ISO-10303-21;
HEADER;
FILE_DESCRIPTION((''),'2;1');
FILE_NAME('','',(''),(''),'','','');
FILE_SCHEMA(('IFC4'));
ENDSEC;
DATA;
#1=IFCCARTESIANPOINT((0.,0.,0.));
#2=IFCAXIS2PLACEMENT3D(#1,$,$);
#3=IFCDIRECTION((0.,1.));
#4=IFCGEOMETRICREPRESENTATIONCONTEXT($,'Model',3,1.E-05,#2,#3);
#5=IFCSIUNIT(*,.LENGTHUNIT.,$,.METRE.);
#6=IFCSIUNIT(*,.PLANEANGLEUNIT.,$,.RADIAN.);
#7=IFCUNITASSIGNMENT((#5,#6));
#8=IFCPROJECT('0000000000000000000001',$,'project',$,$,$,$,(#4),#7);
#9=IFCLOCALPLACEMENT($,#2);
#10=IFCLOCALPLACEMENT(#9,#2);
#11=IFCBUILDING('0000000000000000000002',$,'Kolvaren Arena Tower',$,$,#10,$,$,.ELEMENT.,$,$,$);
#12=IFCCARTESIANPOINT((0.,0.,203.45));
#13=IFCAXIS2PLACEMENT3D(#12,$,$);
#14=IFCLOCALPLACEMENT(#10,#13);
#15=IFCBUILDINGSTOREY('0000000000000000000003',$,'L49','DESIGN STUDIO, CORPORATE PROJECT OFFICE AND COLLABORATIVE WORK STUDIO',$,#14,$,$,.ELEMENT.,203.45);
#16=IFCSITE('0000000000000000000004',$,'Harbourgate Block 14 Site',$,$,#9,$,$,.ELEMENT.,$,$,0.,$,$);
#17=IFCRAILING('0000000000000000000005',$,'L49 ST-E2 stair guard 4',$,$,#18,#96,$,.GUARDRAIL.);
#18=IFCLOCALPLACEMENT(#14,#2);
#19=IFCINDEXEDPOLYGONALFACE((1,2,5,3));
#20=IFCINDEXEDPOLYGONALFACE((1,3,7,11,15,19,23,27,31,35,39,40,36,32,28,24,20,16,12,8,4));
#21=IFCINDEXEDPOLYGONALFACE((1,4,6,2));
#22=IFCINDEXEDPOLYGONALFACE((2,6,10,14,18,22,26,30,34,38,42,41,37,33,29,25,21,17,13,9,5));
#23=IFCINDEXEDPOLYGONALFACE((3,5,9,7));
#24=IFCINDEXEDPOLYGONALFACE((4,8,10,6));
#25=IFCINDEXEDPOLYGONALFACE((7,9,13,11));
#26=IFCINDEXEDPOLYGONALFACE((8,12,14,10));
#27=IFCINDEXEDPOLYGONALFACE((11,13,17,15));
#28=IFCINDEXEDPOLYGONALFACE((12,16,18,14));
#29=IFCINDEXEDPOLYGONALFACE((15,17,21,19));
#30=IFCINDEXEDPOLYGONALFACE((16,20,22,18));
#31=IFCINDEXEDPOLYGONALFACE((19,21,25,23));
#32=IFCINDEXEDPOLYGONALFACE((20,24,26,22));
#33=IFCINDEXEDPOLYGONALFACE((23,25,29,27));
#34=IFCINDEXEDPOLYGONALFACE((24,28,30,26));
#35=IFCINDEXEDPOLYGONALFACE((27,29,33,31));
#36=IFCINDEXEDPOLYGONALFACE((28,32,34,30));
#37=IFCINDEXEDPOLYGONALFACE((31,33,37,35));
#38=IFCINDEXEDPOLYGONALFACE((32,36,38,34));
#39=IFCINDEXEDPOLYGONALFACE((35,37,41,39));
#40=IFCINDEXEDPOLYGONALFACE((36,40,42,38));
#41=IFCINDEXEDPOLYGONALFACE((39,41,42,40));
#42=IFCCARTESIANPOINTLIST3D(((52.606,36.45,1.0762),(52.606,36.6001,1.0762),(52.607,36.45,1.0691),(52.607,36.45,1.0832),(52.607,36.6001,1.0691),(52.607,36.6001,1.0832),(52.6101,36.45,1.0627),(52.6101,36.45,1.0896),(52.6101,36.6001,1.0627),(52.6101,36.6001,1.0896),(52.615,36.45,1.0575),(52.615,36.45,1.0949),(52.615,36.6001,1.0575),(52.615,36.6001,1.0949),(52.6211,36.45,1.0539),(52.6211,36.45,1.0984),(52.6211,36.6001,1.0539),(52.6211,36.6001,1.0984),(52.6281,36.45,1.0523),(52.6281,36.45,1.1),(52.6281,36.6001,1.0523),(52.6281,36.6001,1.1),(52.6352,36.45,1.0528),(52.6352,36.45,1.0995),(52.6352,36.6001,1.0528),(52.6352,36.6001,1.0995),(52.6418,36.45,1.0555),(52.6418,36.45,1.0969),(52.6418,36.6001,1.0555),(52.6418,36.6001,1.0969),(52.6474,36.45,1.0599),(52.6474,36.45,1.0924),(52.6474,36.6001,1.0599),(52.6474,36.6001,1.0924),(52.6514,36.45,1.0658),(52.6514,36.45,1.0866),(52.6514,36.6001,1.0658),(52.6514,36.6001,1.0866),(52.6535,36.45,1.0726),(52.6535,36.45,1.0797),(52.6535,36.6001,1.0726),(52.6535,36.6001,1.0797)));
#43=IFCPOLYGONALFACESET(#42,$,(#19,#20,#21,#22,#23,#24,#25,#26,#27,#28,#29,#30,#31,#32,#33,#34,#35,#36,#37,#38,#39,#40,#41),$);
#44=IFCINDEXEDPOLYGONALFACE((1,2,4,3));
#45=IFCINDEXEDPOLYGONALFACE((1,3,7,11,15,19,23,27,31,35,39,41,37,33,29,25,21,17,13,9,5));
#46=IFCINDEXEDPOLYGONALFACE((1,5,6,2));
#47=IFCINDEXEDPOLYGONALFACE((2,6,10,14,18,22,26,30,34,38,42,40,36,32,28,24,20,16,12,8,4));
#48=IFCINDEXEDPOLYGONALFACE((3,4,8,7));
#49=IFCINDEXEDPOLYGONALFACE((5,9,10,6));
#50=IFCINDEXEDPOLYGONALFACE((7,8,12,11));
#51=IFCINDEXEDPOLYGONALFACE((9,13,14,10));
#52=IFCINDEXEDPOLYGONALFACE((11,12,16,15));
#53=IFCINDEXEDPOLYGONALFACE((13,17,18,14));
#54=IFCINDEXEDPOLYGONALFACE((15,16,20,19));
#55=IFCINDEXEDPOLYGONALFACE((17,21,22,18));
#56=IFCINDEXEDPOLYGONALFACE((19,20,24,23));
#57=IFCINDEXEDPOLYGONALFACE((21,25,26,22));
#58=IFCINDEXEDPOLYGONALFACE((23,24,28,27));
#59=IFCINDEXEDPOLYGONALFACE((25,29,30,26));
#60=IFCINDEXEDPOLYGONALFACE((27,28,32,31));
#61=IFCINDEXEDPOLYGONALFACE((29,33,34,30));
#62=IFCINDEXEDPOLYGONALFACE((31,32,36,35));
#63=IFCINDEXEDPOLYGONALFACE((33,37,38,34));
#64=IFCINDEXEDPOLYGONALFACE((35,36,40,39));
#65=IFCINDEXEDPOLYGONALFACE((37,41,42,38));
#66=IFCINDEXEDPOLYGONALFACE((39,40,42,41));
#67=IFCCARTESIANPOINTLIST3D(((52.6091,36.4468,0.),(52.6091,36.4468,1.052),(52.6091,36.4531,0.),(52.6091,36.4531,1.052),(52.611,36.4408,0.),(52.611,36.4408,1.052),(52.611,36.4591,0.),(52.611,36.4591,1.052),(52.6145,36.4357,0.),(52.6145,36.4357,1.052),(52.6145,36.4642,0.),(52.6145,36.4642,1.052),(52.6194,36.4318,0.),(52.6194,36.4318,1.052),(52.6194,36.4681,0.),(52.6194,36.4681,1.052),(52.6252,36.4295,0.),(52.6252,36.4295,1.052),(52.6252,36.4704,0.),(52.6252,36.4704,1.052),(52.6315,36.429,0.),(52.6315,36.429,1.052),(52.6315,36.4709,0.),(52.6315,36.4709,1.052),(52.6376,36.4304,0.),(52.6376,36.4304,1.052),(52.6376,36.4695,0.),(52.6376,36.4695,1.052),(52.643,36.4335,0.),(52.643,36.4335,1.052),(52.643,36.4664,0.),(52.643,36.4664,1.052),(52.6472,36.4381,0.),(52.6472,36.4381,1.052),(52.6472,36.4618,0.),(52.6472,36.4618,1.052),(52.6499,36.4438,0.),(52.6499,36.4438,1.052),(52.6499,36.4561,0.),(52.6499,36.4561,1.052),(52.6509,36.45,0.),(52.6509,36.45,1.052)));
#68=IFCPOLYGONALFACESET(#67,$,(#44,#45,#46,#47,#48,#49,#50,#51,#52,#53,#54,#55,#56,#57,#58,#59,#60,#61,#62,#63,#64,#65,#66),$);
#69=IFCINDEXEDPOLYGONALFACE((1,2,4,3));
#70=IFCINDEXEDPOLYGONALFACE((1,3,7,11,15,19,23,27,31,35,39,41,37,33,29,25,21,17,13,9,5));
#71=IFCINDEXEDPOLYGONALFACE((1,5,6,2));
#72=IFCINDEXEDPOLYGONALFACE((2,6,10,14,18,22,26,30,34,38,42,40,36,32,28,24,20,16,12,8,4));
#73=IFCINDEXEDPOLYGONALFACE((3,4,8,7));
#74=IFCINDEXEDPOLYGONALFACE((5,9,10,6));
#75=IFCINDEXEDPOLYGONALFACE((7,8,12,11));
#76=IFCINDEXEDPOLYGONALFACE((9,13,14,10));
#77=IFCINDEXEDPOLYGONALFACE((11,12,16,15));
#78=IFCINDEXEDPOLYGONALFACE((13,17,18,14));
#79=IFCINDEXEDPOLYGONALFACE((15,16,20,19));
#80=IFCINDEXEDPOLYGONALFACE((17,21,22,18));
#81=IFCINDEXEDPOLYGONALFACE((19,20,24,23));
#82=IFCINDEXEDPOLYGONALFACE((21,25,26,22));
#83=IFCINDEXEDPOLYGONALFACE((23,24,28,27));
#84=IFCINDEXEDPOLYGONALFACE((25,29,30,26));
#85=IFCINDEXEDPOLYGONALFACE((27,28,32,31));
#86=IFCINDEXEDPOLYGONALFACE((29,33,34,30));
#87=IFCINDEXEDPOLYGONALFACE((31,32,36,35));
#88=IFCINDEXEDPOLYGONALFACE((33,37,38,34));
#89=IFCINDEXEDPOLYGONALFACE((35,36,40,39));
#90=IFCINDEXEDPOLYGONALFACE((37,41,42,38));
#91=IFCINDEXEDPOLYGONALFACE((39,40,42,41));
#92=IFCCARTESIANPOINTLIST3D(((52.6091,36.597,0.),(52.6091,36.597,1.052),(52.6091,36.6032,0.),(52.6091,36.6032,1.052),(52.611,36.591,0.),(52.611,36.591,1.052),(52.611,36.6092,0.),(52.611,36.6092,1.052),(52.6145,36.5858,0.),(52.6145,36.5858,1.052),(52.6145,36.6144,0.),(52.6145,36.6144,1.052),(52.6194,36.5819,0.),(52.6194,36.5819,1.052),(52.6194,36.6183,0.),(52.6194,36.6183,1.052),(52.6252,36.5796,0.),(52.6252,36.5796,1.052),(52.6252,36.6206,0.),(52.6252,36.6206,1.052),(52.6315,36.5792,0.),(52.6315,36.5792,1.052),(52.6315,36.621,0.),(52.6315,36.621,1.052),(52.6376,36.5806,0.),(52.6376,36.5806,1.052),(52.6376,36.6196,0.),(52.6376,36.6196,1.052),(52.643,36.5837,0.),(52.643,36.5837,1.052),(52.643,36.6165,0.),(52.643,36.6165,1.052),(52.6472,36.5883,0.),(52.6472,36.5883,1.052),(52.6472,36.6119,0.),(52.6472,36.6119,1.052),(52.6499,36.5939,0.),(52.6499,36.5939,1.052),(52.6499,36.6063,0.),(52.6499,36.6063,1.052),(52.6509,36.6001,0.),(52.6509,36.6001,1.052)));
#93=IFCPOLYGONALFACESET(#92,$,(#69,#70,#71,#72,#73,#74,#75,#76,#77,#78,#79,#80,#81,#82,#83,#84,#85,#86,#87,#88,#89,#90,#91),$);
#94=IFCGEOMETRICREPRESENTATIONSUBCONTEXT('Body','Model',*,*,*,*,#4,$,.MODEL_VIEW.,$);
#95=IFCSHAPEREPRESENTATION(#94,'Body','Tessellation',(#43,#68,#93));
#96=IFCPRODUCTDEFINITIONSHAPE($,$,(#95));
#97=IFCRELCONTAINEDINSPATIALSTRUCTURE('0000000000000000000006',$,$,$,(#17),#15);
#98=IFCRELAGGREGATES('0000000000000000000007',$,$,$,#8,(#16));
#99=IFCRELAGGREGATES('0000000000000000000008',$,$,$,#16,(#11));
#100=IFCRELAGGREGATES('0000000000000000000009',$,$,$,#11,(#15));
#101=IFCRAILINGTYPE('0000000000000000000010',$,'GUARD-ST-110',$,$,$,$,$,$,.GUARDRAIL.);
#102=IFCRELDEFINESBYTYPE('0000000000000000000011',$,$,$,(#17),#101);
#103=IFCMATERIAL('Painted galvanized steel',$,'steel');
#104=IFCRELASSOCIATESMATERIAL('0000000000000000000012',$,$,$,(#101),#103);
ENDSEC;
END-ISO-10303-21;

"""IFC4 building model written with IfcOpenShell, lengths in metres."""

from ifc_helpers import new_model, si_unit, direction, frame, origin, origin_2d, place, context, subcontext, project, spatial, circle, extrude, material, type_object, element, save


model = new_model("IFC4")

# Units and contexts
model_context = context("Model", 3, precision=1e-05, world=origin(), true_north=direction((0.0, 1.0)))
body_context = subcontext(model_context, "Body", "Model", "MODEL_VIEW")
ifc_project = project(units=[si_unit("LENGTHUNIT", "METRE"), si_unit("PLANEANGLEUNIT", "RADIAN")], contexts=[model_context])

# Site, building, storey
site_placement = place(None, origin())
site = spatial("IfcSite", under=ifc_project, at=site_placement, Name="Harbourgate Block 14 Site", CompositionType="ELEMENT", RefElevation=0.0)
building_placement = place(site_placement, origin())
building = spatial("IfcBuilding", under=site, at=building_placement, Name="Kolvaren Arena Tower", CompositionType="ELEMENT")
storey_placement = place(building_placement, frame((0.0, 0.0, 203.45)))
storey = spatial("IfcBuildingStorey", under=building, at=storey_placement, Name="L49", Description="DESIGN STUDIO, CORPORATE PROJECT OFFICE AND COLLABORATIVE WORK STUDIO", CompositionType="ELEMENT", Elevation=203.45)

# Railing
ifc_material_1 = material(Name="Painted galvanized steel", Category="steel")
railing_type_1 = type_object("IfcRailingType", Name="GUARD-ST-110", PredefinedType="GUARDRAIL", material=ifc_material_1)
railing_1_placement = place(storey_placement, frame((52.6299, 36.45, 0.0)))
element("IfcRailing", 1, at=railing_1_placement, inside=storey, type_object=railing_type_1, Name="L49 ST-E2 stair guard 4", PredefinedType="GUARDRAIL", context=body_context, shape_type="SweptSolid", body=[
    extrude(circle(Radius=0.0239, at=origin_2d()), frame((0.0, 0.0, 1.0762), z_axis=(0.0, 1.0, 0.0), x_axis=(-1.0, 0.0, 0.0)), (0.0, 0.0, 1.0), 0.1501),
    extrude(circle(Radius=0.021, at=origin_2d()), origin(), (0.0, 0.0, 1.0), 1.052),
    extrude(circle(Radius=0.021, at=origin_2d()), frame((0.0, 0.1501, 0.0)), (0.0, 0.0, 1.0), 1.052),
])

save(model, "model.ifc")
